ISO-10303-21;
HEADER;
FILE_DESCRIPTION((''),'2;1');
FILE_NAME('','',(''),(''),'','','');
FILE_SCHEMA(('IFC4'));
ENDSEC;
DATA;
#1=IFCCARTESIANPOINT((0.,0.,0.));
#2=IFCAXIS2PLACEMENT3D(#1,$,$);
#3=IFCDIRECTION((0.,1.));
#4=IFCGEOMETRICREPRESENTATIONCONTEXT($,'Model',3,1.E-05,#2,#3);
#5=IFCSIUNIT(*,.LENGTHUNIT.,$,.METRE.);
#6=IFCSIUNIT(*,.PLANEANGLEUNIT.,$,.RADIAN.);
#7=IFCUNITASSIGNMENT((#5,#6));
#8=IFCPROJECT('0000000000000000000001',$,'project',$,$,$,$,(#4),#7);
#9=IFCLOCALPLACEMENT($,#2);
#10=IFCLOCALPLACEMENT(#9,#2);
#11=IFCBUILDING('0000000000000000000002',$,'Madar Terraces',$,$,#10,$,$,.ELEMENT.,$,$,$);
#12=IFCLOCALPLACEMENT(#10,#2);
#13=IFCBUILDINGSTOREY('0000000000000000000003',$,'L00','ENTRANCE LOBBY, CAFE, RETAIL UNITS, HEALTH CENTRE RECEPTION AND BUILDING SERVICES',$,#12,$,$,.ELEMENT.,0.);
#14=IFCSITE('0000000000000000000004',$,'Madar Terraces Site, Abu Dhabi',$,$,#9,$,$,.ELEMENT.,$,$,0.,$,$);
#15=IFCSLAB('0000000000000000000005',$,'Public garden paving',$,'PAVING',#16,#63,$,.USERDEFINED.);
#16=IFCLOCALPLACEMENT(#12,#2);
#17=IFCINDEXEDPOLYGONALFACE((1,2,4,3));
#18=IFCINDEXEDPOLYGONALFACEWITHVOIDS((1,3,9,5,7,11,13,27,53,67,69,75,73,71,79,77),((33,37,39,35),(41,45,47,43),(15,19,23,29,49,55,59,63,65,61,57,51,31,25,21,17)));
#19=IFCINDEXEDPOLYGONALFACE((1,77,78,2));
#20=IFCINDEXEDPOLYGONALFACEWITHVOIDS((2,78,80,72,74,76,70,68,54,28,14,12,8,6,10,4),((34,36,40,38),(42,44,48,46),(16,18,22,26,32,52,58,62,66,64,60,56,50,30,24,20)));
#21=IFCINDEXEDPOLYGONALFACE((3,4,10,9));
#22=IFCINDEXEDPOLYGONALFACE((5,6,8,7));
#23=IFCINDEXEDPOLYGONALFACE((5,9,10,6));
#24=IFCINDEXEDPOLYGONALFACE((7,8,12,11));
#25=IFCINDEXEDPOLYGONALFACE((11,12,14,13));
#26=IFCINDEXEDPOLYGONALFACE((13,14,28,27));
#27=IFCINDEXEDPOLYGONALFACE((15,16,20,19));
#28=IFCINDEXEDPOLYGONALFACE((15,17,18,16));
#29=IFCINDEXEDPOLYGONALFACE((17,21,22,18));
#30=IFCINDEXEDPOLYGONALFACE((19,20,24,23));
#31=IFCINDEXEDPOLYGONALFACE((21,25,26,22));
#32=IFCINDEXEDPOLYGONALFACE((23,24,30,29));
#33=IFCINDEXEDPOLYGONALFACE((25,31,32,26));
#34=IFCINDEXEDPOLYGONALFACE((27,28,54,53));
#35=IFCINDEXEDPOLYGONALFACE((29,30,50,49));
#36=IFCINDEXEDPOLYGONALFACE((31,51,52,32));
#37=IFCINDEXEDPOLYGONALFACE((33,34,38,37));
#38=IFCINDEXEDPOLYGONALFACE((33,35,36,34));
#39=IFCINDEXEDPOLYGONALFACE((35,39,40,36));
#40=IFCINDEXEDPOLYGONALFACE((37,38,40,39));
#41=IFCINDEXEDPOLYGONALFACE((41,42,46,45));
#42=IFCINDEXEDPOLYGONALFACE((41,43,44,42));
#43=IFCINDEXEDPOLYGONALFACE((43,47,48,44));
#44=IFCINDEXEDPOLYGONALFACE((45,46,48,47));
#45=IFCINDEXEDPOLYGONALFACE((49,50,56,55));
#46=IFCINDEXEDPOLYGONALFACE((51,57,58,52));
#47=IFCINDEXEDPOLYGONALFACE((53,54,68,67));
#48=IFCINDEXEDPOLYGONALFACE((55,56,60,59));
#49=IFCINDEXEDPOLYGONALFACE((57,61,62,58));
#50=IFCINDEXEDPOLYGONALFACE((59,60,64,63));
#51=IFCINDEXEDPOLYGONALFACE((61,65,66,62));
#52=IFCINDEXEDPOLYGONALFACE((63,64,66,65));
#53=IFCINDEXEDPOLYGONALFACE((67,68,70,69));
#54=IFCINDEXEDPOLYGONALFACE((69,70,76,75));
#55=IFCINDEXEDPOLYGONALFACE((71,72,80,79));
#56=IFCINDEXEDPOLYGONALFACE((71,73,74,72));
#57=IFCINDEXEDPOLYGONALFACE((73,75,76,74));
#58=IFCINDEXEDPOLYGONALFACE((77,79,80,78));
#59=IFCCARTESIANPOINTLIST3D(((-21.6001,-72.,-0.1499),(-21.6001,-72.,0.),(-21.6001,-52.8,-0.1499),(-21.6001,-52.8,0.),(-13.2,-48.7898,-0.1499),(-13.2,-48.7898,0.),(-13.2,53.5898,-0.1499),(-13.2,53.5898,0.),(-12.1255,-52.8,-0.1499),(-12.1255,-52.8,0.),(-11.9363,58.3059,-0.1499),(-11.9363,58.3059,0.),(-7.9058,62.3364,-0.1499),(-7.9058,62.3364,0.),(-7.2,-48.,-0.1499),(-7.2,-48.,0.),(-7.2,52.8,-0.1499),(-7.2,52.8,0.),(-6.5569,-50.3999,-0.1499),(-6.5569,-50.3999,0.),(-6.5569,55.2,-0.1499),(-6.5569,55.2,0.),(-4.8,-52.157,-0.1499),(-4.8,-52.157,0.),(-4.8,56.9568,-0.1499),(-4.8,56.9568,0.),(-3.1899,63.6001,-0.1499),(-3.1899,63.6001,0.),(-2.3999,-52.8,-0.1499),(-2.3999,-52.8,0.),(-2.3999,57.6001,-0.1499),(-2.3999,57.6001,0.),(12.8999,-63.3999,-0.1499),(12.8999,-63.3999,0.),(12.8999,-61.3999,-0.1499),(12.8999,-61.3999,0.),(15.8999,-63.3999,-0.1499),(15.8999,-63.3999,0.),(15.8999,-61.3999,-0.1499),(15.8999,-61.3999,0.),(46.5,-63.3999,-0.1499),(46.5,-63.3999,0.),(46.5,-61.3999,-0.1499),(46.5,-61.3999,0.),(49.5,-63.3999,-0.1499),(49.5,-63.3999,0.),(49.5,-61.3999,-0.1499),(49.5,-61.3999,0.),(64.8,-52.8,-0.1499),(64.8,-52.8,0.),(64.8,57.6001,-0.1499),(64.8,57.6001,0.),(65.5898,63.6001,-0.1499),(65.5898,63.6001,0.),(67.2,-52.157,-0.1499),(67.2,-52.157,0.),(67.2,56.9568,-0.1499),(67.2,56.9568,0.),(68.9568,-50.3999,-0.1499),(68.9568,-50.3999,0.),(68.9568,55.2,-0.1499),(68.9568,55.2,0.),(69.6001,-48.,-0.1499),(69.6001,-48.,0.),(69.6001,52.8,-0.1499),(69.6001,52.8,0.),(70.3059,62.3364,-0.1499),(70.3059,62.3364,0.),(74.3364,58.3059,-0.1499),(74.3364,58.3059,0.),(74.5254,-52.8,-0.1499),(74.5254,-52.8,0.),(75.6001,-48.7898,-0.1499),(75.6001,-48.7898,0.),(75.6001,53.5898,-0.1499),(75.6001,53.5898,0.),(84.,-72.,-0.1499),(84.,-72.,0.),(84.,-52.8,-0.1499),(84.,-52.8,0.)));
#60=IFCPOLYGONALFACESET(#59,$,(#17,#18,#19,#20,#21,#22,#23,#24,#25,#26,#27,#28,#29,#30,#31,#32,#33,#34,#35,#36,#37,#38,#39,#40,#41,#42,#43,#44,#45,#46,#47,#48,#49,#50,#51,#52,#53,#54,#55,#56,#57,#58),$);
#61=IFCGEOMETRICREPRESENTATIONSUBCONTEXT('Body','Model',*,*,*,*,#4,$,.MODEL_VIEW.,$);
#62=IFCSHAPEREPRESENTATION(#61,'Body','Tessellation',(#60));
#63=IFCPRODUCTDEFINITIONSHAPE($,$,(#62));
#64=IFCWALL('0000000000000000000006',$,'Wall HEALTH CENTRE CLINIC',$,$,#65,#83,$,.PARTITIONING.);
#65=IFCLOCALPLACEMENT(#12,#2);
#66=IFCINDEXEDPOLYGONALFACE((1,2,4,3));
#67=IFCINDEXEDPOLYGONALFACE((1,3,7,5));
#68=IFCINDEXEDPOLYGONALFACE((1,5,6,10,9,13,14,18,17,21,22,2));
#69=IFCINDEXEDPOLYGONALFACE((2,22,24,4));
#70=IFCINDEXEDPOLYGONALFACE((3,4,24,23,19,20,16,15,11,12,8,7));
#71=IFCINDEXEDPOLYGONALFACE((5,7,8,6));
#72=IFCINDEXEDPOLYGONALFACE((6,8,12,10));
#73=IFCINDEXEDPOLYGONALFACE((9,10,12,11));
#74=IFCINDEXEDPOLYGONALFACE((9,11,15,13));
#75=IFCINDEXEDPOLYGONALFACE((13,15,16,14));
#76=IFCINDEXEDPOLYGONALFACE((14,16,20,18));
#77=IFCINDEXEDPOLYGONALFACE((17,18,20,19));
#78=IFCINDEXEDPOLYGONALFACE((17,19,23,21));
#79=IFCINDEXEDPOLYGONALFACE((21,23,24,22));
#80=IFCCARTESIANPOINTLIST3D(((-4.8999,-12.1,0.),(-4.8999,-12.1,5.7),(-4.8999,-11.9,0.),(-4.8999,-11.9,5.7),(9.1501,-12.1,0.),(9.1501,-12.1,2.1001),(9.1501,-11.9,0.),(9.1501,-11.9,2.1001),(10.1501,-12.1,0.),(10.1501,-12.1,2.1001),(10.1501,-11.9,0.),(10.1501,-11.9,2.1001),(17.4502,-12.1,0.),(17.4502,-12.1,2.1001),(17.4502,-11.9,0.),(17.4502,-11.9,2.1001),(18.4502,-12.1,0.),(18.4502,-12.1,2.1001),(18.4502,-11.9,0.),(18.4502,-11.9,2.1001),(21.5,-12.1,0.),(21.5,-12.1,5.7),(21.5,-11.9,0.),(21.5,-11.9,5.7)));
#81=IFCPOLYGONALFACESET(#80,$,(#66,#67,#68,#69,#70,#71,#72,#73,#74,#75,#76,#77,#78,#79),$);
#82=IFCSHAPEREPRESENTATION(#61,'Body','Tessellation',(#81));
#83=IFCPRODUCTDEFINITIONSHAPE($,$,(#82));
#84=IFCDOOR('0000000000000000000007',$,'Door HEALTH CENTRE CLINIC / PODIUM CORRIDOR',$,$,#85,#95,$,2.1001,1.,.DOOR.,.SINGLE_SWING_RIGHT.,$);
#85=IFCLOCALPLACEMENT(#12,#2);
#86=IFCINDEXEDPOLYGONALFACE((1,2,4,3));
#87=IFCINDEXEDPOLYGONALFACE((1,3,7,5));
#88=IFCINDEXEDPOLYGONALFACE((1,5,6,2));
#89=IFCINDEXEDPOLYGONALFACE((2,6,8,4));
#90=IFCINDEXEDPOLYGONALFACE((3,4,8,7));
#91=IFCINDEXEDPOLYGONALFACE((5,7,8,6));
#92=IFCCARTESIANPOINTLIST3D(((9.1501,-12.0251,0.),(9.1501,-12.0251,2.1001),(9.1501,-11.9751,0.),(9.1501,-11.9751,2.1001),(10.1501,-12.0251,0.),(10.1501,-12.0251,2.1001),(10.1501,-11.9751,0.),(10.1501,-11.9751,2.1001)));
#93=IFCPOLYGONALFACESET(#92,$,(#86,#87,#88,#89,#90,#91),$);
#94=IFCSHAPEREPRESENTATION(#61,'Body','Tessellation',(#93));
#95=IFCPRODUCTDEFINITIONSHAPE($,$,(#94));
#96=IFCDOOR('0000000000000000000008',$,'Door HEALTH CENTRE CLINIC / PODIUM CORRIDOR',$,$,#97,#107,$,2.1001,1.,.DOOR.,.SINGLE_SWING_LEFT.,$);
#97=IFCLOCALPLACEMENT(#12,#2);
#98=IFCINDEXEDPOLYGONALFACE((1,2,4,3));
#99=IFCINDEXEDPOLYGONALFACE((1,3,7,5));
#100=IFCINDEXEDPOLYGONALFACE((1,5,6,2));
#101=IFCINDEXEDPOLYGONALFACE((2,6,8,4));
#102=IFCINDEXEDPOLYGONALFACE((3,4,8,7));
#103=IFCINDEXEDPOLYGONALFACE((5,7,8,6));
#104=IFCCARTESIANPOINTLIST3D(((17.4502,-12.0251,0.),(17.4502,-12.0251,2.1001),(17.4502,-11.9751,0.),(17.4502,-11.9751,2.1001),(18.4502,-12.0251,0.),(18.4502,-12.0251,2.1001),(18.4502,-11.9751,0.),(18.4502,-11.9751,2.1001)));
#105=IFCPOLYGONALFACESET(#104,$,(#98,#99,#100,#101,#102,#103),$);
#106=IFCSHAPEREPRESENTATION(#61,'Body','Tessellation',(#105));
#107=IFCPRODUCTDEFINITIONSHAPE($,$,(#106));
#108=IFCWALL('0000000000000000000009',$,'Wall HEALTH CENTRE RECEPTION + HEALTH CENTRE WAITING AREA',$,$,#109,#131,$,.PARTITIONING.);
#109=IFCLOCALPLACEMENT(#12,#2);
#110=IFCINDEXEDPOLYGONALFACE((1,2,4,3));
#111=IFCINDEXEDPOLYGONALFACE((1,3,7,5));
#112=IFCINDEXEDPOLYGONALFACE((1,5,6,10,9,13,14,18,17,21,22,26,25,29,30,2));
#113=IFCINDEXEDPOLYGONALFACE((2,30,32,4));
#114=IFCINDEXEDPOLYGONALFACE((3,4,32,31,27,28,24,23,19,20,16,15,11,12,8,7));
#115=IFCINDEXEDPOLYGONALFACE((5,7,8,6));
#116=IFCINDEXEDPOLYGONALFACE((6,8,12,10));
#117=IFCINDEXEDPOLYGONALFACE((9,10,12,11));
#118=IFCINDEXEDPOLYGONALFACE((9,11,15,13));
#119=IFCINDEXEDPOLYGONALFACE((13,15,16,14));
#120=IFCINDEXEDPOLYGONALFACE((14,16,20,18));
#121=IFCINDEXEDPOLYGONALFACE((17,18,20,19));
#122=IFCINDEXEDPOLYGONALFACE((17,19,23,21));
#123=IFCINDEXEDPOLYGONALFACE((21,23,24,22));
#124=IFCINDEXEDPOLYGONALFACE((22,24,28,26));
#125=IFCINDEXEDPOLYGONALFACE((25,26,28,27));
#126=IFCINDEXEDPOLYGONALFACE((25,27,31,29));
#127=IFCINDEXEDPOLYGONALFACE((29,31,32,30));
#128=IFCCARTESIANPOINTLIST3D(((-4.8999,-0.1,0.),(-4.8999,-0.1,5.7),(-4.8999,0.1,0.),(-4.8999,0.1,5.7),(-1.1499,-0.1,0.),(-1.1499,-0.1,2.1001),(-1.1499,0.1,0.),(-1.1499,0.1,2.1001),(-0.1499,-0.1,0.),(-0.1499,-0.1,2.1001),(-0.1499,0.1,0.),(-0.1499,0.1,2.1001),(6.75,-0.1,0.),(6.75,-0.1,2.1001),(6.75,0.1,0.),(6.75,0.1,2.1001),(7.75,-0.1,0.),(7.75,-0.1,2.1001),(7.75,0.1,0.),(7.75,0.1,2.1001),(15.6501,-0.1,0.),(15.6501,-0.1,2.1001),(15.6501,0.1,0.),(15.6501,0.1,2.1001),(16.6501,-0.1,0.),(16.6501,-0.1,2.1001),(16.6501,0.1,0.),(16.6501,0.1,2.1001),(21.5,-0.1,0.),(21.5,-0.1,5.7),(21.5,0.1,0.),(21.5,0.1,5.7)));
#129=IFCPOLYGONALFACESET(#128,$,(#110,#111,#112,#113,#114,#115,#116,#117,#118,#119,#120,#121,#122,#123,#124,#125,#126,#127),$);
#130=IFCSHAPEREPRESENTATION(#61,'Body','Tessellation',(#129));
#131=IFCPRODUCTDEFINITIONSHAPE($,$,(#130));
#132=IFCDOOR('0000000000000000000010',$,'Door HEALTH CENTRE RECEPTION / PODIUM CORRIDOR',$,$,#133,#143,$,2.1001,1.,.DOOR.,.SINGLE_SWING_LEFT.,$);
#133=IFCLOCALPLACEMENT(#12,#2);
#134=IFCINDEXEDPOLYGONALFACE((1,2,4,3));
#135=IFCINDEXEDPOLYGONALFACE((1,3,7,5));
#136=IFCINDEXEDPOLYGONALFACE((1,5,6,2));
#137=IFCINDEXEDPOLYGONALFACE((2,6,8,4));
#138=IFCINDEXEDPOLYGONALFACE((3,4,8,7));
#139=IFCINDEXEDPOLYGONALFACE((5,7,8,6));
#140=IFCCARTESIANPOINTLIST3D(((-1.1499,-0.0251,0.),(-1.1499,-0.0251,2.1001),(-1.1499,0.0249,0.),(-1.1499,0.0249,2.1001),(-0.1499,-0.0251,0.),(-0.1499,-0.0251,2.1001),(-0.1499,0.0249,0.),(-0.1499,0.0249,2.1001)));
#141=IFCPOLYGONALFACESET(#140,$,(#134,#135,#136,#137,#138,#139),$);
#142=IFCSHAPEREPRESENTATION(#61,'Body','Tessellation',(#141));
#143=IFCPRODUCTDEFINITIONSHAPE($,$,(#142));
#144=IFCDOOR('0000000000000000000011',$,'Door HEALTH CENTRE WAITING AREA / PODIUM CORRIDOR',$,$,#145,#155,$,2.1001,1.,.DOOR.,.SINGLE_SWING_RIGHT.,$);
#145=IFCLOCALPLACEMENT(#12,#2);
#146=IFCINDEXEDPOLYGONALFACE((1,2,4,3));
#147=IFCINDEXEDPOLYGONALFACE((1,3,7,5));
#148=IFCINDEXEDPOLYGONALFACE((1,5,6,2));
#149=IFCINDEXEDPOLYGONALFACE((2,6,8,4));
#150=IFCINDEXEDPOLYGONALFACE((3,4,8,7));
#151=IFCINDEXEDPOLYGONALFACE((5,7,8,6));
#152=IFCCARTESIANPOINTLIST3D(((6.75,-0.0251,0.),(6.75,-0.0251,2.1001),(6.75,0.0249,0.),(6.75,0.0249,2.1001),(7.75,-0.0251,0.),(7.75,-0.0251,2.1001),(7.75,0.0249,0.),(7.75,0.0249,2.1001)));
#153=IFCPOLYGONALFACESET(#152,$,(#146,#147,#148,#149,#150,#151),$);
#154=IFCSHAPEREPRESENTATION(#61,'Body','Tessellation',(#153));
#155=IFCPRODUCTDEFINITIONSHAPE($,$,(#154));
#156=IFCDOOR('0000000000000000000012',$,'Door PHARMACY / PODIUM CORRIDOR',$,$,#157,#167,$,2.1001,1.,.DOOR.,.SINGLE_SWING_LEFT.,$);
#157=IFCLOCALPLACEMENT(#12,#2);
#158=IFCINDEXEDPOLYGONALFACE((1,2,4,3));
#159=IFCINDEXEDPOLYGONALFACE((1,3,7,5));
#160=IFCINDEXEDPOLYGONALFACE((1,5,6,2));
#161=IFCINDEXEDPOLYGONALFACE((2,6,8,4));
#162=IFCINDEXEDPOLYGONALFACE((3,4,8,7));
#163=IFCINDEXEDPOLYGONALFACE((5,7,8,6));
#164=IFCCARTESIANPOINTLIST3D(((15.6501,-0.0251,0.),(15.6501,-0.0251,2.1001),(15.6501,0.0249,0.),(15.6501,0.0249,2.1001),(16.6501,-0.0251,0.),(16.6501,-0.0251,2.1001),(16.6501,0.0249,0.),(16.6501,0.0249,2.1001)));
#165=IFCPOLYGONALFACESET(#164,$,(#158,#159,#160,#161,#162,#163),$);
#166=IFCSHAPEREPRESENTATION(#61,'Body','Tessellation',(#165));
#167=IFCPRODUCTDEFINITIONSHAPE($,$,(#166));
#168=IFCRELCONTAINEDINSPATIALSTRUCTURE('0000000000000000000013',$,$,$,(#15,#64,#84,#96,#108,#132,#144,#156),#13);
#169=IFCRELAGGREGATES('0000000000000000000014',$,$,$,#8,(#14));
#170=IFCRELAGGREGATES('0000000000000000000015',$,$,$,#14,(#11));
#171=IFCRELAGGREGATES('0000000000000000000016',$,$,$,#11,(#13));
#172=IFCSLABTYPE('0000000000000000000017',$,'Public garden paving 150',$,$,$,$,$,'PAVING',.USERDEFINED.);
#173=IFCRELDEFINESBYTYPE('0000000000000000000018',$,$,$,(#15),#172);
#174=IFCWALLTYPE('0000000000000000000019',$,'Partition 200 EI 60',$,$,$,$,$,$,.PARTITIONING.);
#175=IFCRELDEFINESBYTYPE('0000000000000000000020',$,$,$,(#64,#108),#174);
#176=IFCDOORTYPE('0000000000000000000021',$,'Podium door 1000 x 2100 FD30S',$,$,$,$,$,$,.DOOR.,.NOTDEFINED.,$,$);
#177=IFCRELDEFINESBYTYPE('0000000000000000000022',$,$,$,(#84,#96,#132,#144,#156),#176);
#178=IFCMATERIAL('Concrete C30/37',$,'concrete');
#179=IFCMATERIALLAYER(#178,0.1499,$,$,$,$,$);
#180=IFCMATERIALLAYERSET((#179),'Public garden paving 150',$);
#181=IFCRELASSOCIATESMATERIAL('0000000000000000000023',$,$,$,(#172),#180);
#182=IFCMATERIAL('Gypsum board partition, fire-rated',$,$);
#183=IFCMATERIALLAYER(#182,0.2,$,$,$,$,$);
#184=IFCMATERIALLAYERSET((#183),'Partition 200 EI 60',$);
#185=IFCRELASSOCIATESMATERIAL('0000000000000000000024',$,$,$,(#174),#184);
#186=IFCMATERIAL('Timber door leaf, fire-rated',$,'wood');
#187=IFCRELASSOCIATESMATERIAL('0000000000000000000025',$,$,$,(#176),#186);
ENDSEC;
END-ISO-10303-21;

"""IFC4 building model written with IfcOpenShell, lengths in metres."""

from ifc_helpers import new_model, si_unit, direction, frame, frame_2d, origin, place, context, subcontext, project, spatial, polyline, rectangle, outline, extrude, material, layer, layer_set, type_object, element, fill, save


model = new_model("IFC4")

# Units and contexts
model_context = context("Model", 3, precision=1e-05, world=origin(), true_north=direction((0.0, 1.0)))
body_context = subcontext(model_context, "Body", "Model", "MODEL_VIEW")
ifc_project = project(units=[si_unit("LENGTHUNIT", "METRE"), si_unit("PLANEANGLEUNIT", "RADIAN")], contexts=[model_context])

# Site, building, storey
site_placement = place(None, origin())
site = spatial("IfcSite", under=ifc_project, at=site_placement, Name="Madar Terraces Site, Abu Dhabi", CompositionType="ELEMENT", RefElevation=0.0)
building_placement = place(site_placement, origin())
building = spatial("IfcBuilding", under=site, at=building_placement, Name="Madar Terraces", CompositionType="ELEMENT")
storey_placement = place(building_placement, origin())
storey = spatial("IfcBuildingStorey", under=building, at=storey_placement, Name="L00", Description="ENTRANCE LOBBY, CAFE, RETAIL UNITS, HEALTH CENTRE RECEPTION AND BUILDING SERVICES", CompositionType="ELEMENT", Elevation=0.0)

# Slab
ifc_material_1 = material(Name="Concrete C30/37", Category="concrete")
ifc_layer_1 = layer(ifc_material_1, 0.1499)
ifc_layer_set_1 = layer_set([ifc_layer_1], Name="Public garden paving 150")
slab_type_1 = type_object("IfcSlabType", Name="Public garden paving 150", ElementType="PAVING", PredefinedType="USERDEFINED", material=ifc_layer_set_1)
slab_1_placement = place(storey_placement, frame((0.0, 0.0, -0.1499)))
element("IfcSlab", 1, at=slab_1_placement, inside=storey, type_object=slab_type_1, Name="Public garden paving", ObjectType="PAVING", PredefinedType="USERDEFINED", context=body_context, shape_type="SweptSolid", body=[
    extrude(outline(polyline([(84.0, -72.0), (-21.6001, -72.0), (-21.6001, -52.8), (-12.1255, -52.8), (-13.2, -48.7898), (-13.2, 53.5898), (-11.9363, 58.3059), (-7.9058, 62.3364), (-3.1899, 63.6001), (65.5898, 63.6001), (70.3059, 62.3364), (74.3364, 58.3059), (75.6001, 53.5898), (75.6001, -48.7898), (74.5254, -52.8), (84.0, -52.8), (84.0, -72.0)]), holes=[polyline([(67.2, -52.157), (68.9568, -50.3999), (69.6001, -48.0), (69.6001, 52.8), (68.9568, 55.2), (67.2, 56.9568), (64.8, 57.6001), (-2.3999, 57.6001), (-4.8, 56.9568), (-6.5569, 55.2), (-7.2, 52.8), (-7.2, -48.0), (-6.5569, -50.3999), (-4.8, -52.157), (-2.3999, -52.8), (64.8, -52.8), (67.2, -52.157)]), polyline([(15.8999, -63.3999), (15.8999, -61.3999), (12.8999, -61.3999), (12.8999, -63.3999), (15.8999, -63.3999)]), polyline([(46.5, -63.3999), (49.5, -63.3999), (49.5, -61.3999), (46.5, -61.3999), (46.5, -63.3999)])]), origin(), (0.0, 0.0, 1.0), 0.1499),
])

# Walls, openings, doors
ifc_material_2 = material(Name="Gypsum board partition, fire-rated")
ifc_layer_2 = layer(ifc_material_2, 0.2)
ifc_layer_set_2 = layer_set([ifc_layer_2], Name="Partition 200 EI 60")
wall_type = type_object("IfcWallType", Name="Partition 200 EI 60", PredefinedType="PARTITIONING", material=ifc_layer_set_2)
wall_1_placement = place(storey_placement, frame((-4.8999, -12.0, 0.0), z_axis=(0.0, 0.0, 1.0), x_axis=(1.0, 0.0, 0.0)))
wall_1 = element("IfcWall", 2, at=wall_1_placement, inside=storey, type_object=wall_type, Name="Wall HEALTH CENTRE CLINIC", PredefinedType="PARTITIONING", context=body_context, shape_type="SweptSolid", body=[
    extrude(rectangle(XDim=26.3999, YDim=0.2, at=frame_2d((13.2, 0.0))), origin(), (0.0, 0.0, 1.0), 5.7),
])
opening_1_placement = place(wall_1_placement, frame((14.05, 0.0, 0.0)))
opening_1 = element("IfcOpeningElement", 3, at=opening_1_placement, cuts=wall_1, PredefinedType="OPENING", context=body_context, shape_type="SweptSolid", body=[
    extrude(rectangle(XDim=1.0, YDim=2.1001, at=frame_2d((0.5, 1.05))), frame((0.0, 0.1099, 0.0), z_axis=(0.0, -1.0, 0.0), x_axis=(1.0, 0.0, 0.0)), (0.0, 0.0, 1.0), 0.22),
])
opening_2_placement = place(wall_1_placement, frame((22.3501, 0.0, 0.0)))
opening_2 = element("IfcOpeningElement", 4, at=opening_2_placement, cuts=wall_1, PredefinedType="OPENING", context=body_context, shape_type="SweptSolid", body=[
    extrude(rectangle(XDim=1.0, YDim=2.1001, at=frame_2d((0.5, 1.05))), frame((0.0, 0.1099, 0.0), z_axis=(0.0, -1.0, 0.0), x_axis=(1.0, 0.0, 0.0)), (0.0, 0.0, 1.0), 0.22),
])
ifc_material_3 = material(Name="Timber door leaf, fire-rated", Category="wood")
door_type = type_object("IfcDoorType", Name="Podium door 1000 x 2100 FD30S", OperationType="NOTDEFINED", PredefinedType="DOOR", material=ifc_material_3)
door_1_placement = place(opening_1_placement, origin())
door_1 = element("IfcDoor", 5, at=door_1_placement, inside=storey, type_object=door_type, Name="Door HEALTH CENTRE CLINIC / PODIUM CORRIDOR", OperationType="SINGLE_SWING_RIGHT", OverallHeight=2.1001, OverallWidth=1.0, PredefinedType="DOOR", context=body_context, shape_type="SweptSolid", body=[
    extrude(rectangle(XDim=1.0, YDim=2.1001, at=frame_2d((0.5, 1.05))), frame((0.0, 0.0249, 0.0), z_axis=(0.0, -1.0, 0.0), x_axis=(1.0, 0.0, 0.0)), (0.0, 0.0, 1.0), 0.05),
])
fill(opening_1, door_1)
door_2_placement = place(opening_2_placement, origin())
door_2 = element("IfcDoor", 6, at=door_2_placement, inside=storey, type_object=door_type, Name="Door HEALTH CENTRE CLINIC / PODIUM CORRIDOR", OperationType="SINGLE_SWING_LEFT", OverallHeight=2.1001, OverallWidth=1.0, PredefinedType="DOOR", context=body_context, shape_type="SweptSolid", body=[
    extrude(rectangle(XDim=1.0, YDim=2.1001, at=frame_2d((0.5, 1.05))), frame((0.0, 0.0249, 0.0), z_axis=(0.0, -1.0, 0.0), x_axis=(1.0, 0.0, 0.0)), (0.0, 0.0, 1.0), 0.05),
])
fill(opening_2, door_2)
wall_2_placement = place(storey_placement, frame((-4.8999, 0.0, 0.0), z_axis=(0.0, 0.0, 1.0), x_axis=(1.0, 0.0, 0.0)))
wall_2 = element("IfcWall", 7, at=wall_2_placement, inside=storey, type_object=wall_type, Name="Wall HEALTH CENTRE RECEPTION + HEALTH CENTRE WAITING AREA", PredefinedType="PARTITIONING", context=body_context, shape_type="SweptSolid", body=[
    extrude(rectangle(XDim=26.3999, YDim=0.2, at=frame_2d((13.2, 0.0))), origin(), (0.0, 0.0, 1.0), 5.7),
])
opening_3_placement = place(wall_2_placement, frame((3.75, 0.0, 0.0)))
opening_3 = element("IfcOpeningElement", 8, at=opening_3_placement, cuts=wall_2, PredefinedType="OPENING", context=body_context, shape_type="SweptSolid", body=[
    extrude(rectangle(XDim=1.0, YDim=2.1001, at=frame_2d((0.5, 1.05))), frame((0.0, 0.1099, 0.0), z_axis=(0.0, -1.0, 0.0), x_axis=(1.0, 0.0, 0.0)), (0.0, 0.0, 1.0), 0.22),
])
opening_4_placement = place(wall_2_placement, frame((11.6499, 0.0, 0.0)))
opening_4 = element("IfcOpeningElement", 9, at=opening_4_placement, cuts=wall_2, PredefinedType="OPENING", context=body_context, shape_type="SweptSolid", body=[
    extrude(rectangle(XDim=1.0, YDim=2.1001, at=frame_2d((0.5, 1.05))), frame((0.0, 0.1099, 0.0), z_axis=(0.0, -1.0, 0.0), x_axis=(1.0, 0.0, 0.0)), (0.0, 0.0, 1.0), 0.22),
])
opening_5_placement = place(wall_2_placement, frame((20.55, 0.0, 0.0)))
opening_5 = element("IfcOpeningElement", 10, at=opening_5_placement, cuts=wall_2, PredefinedType="OPENING", context=body_context, shape_type="SweptSolid", body=[
    extrude(rectangle(XDim=1.0, YDim=2.1001, at=frame_2d((0.5, 1.05))), frame((0.0, 0.1099, 0.0), z_axis=(0.0, -1.0, 0.0), x_axis=(1.0, 0.0, 0.0)), (0.0, 0.0, 1.0), 0.22),
])
door_3_placement = place(opening_3_placement, origin())
door_3 = element("IfcDoor", 11, at=door_3_placement, inside=storey, type_object=door_type, Name="Door HEALTH CENTRE RECEPTION / PODIUM CORRIDOR", OperationType="SINGLE_SWING_LEFT", OverallHeight=2.1001, OverallWidth=1.0, PredefinedType="DOOR", context=body_context, shape_type="SweptSolid", body=[
    extrude(rectangle(XDim=1.0, YDim=2.1001, at=frame_2d((0.5, 1.05))), frame((0.0, 0.0249, 0.0), z_axis=(0.0, -1.0, 0.0), x_axis=(1.0, 0.0, 0.0)), (0.0, 0.0, 1.0), 0.05),
])
fill(opening_3, door_3)
door_4_placement = place(opening_4_placement, origin())
door_4 = element("IfcDoor", 12, at=door_4_placement, inside=storey, type_object=door_type, Name="Door HEALTH CENTRE WAITING AREA / PODIUM CORRIDOR", OperationType="SINGLE_SWING_RIGHT", OverallHeight=2.1001, OverallWidth=1.0, PredefinedType="DOOR", context=body_context, shape_type="SweptSolid", body=[
    extrude(rectangle(XDim=1.0, YDim=2.1001, at=frame_2d((0.5, 1.05))), frame((0.0, 0.0249, 0.0), z_axis=(0.0, -1.0, 0.0), x_axis=(1.0, 0.0, 0.0)), (0.0, 0.0, 1.0), 0.05),
])
fill(opening_4, door_4)
door_5_placement = place(opening_5_placement, origin())
door_5 = element("IfcDoor", 13, at=door_5_placement, inside=storey, type_object=door_type, Name="Door PHARMACY / PODIUM CORRIDOR", OperationType="SINGLE_SWING_LEFT", OverallHeight=2.1001, OverallWidth=1.0, PredefinedType="DOOR", context=body_context, shape_type="SweptSolid", body=[
    extrude(rectangle(XDim=1.0, YDim=2.1001, at=frame_2d((0.5, 1.05))), frame((0.0, 0.0249, 0.0), z_axis=(0.0, -1.0, 0.0), x_axis=(1.0, 0.0, 0.0)), (0.0, 0.0, 1.0), 0.05),
])
fill(opening_5, door_5)

save(model, "model.ifc")
